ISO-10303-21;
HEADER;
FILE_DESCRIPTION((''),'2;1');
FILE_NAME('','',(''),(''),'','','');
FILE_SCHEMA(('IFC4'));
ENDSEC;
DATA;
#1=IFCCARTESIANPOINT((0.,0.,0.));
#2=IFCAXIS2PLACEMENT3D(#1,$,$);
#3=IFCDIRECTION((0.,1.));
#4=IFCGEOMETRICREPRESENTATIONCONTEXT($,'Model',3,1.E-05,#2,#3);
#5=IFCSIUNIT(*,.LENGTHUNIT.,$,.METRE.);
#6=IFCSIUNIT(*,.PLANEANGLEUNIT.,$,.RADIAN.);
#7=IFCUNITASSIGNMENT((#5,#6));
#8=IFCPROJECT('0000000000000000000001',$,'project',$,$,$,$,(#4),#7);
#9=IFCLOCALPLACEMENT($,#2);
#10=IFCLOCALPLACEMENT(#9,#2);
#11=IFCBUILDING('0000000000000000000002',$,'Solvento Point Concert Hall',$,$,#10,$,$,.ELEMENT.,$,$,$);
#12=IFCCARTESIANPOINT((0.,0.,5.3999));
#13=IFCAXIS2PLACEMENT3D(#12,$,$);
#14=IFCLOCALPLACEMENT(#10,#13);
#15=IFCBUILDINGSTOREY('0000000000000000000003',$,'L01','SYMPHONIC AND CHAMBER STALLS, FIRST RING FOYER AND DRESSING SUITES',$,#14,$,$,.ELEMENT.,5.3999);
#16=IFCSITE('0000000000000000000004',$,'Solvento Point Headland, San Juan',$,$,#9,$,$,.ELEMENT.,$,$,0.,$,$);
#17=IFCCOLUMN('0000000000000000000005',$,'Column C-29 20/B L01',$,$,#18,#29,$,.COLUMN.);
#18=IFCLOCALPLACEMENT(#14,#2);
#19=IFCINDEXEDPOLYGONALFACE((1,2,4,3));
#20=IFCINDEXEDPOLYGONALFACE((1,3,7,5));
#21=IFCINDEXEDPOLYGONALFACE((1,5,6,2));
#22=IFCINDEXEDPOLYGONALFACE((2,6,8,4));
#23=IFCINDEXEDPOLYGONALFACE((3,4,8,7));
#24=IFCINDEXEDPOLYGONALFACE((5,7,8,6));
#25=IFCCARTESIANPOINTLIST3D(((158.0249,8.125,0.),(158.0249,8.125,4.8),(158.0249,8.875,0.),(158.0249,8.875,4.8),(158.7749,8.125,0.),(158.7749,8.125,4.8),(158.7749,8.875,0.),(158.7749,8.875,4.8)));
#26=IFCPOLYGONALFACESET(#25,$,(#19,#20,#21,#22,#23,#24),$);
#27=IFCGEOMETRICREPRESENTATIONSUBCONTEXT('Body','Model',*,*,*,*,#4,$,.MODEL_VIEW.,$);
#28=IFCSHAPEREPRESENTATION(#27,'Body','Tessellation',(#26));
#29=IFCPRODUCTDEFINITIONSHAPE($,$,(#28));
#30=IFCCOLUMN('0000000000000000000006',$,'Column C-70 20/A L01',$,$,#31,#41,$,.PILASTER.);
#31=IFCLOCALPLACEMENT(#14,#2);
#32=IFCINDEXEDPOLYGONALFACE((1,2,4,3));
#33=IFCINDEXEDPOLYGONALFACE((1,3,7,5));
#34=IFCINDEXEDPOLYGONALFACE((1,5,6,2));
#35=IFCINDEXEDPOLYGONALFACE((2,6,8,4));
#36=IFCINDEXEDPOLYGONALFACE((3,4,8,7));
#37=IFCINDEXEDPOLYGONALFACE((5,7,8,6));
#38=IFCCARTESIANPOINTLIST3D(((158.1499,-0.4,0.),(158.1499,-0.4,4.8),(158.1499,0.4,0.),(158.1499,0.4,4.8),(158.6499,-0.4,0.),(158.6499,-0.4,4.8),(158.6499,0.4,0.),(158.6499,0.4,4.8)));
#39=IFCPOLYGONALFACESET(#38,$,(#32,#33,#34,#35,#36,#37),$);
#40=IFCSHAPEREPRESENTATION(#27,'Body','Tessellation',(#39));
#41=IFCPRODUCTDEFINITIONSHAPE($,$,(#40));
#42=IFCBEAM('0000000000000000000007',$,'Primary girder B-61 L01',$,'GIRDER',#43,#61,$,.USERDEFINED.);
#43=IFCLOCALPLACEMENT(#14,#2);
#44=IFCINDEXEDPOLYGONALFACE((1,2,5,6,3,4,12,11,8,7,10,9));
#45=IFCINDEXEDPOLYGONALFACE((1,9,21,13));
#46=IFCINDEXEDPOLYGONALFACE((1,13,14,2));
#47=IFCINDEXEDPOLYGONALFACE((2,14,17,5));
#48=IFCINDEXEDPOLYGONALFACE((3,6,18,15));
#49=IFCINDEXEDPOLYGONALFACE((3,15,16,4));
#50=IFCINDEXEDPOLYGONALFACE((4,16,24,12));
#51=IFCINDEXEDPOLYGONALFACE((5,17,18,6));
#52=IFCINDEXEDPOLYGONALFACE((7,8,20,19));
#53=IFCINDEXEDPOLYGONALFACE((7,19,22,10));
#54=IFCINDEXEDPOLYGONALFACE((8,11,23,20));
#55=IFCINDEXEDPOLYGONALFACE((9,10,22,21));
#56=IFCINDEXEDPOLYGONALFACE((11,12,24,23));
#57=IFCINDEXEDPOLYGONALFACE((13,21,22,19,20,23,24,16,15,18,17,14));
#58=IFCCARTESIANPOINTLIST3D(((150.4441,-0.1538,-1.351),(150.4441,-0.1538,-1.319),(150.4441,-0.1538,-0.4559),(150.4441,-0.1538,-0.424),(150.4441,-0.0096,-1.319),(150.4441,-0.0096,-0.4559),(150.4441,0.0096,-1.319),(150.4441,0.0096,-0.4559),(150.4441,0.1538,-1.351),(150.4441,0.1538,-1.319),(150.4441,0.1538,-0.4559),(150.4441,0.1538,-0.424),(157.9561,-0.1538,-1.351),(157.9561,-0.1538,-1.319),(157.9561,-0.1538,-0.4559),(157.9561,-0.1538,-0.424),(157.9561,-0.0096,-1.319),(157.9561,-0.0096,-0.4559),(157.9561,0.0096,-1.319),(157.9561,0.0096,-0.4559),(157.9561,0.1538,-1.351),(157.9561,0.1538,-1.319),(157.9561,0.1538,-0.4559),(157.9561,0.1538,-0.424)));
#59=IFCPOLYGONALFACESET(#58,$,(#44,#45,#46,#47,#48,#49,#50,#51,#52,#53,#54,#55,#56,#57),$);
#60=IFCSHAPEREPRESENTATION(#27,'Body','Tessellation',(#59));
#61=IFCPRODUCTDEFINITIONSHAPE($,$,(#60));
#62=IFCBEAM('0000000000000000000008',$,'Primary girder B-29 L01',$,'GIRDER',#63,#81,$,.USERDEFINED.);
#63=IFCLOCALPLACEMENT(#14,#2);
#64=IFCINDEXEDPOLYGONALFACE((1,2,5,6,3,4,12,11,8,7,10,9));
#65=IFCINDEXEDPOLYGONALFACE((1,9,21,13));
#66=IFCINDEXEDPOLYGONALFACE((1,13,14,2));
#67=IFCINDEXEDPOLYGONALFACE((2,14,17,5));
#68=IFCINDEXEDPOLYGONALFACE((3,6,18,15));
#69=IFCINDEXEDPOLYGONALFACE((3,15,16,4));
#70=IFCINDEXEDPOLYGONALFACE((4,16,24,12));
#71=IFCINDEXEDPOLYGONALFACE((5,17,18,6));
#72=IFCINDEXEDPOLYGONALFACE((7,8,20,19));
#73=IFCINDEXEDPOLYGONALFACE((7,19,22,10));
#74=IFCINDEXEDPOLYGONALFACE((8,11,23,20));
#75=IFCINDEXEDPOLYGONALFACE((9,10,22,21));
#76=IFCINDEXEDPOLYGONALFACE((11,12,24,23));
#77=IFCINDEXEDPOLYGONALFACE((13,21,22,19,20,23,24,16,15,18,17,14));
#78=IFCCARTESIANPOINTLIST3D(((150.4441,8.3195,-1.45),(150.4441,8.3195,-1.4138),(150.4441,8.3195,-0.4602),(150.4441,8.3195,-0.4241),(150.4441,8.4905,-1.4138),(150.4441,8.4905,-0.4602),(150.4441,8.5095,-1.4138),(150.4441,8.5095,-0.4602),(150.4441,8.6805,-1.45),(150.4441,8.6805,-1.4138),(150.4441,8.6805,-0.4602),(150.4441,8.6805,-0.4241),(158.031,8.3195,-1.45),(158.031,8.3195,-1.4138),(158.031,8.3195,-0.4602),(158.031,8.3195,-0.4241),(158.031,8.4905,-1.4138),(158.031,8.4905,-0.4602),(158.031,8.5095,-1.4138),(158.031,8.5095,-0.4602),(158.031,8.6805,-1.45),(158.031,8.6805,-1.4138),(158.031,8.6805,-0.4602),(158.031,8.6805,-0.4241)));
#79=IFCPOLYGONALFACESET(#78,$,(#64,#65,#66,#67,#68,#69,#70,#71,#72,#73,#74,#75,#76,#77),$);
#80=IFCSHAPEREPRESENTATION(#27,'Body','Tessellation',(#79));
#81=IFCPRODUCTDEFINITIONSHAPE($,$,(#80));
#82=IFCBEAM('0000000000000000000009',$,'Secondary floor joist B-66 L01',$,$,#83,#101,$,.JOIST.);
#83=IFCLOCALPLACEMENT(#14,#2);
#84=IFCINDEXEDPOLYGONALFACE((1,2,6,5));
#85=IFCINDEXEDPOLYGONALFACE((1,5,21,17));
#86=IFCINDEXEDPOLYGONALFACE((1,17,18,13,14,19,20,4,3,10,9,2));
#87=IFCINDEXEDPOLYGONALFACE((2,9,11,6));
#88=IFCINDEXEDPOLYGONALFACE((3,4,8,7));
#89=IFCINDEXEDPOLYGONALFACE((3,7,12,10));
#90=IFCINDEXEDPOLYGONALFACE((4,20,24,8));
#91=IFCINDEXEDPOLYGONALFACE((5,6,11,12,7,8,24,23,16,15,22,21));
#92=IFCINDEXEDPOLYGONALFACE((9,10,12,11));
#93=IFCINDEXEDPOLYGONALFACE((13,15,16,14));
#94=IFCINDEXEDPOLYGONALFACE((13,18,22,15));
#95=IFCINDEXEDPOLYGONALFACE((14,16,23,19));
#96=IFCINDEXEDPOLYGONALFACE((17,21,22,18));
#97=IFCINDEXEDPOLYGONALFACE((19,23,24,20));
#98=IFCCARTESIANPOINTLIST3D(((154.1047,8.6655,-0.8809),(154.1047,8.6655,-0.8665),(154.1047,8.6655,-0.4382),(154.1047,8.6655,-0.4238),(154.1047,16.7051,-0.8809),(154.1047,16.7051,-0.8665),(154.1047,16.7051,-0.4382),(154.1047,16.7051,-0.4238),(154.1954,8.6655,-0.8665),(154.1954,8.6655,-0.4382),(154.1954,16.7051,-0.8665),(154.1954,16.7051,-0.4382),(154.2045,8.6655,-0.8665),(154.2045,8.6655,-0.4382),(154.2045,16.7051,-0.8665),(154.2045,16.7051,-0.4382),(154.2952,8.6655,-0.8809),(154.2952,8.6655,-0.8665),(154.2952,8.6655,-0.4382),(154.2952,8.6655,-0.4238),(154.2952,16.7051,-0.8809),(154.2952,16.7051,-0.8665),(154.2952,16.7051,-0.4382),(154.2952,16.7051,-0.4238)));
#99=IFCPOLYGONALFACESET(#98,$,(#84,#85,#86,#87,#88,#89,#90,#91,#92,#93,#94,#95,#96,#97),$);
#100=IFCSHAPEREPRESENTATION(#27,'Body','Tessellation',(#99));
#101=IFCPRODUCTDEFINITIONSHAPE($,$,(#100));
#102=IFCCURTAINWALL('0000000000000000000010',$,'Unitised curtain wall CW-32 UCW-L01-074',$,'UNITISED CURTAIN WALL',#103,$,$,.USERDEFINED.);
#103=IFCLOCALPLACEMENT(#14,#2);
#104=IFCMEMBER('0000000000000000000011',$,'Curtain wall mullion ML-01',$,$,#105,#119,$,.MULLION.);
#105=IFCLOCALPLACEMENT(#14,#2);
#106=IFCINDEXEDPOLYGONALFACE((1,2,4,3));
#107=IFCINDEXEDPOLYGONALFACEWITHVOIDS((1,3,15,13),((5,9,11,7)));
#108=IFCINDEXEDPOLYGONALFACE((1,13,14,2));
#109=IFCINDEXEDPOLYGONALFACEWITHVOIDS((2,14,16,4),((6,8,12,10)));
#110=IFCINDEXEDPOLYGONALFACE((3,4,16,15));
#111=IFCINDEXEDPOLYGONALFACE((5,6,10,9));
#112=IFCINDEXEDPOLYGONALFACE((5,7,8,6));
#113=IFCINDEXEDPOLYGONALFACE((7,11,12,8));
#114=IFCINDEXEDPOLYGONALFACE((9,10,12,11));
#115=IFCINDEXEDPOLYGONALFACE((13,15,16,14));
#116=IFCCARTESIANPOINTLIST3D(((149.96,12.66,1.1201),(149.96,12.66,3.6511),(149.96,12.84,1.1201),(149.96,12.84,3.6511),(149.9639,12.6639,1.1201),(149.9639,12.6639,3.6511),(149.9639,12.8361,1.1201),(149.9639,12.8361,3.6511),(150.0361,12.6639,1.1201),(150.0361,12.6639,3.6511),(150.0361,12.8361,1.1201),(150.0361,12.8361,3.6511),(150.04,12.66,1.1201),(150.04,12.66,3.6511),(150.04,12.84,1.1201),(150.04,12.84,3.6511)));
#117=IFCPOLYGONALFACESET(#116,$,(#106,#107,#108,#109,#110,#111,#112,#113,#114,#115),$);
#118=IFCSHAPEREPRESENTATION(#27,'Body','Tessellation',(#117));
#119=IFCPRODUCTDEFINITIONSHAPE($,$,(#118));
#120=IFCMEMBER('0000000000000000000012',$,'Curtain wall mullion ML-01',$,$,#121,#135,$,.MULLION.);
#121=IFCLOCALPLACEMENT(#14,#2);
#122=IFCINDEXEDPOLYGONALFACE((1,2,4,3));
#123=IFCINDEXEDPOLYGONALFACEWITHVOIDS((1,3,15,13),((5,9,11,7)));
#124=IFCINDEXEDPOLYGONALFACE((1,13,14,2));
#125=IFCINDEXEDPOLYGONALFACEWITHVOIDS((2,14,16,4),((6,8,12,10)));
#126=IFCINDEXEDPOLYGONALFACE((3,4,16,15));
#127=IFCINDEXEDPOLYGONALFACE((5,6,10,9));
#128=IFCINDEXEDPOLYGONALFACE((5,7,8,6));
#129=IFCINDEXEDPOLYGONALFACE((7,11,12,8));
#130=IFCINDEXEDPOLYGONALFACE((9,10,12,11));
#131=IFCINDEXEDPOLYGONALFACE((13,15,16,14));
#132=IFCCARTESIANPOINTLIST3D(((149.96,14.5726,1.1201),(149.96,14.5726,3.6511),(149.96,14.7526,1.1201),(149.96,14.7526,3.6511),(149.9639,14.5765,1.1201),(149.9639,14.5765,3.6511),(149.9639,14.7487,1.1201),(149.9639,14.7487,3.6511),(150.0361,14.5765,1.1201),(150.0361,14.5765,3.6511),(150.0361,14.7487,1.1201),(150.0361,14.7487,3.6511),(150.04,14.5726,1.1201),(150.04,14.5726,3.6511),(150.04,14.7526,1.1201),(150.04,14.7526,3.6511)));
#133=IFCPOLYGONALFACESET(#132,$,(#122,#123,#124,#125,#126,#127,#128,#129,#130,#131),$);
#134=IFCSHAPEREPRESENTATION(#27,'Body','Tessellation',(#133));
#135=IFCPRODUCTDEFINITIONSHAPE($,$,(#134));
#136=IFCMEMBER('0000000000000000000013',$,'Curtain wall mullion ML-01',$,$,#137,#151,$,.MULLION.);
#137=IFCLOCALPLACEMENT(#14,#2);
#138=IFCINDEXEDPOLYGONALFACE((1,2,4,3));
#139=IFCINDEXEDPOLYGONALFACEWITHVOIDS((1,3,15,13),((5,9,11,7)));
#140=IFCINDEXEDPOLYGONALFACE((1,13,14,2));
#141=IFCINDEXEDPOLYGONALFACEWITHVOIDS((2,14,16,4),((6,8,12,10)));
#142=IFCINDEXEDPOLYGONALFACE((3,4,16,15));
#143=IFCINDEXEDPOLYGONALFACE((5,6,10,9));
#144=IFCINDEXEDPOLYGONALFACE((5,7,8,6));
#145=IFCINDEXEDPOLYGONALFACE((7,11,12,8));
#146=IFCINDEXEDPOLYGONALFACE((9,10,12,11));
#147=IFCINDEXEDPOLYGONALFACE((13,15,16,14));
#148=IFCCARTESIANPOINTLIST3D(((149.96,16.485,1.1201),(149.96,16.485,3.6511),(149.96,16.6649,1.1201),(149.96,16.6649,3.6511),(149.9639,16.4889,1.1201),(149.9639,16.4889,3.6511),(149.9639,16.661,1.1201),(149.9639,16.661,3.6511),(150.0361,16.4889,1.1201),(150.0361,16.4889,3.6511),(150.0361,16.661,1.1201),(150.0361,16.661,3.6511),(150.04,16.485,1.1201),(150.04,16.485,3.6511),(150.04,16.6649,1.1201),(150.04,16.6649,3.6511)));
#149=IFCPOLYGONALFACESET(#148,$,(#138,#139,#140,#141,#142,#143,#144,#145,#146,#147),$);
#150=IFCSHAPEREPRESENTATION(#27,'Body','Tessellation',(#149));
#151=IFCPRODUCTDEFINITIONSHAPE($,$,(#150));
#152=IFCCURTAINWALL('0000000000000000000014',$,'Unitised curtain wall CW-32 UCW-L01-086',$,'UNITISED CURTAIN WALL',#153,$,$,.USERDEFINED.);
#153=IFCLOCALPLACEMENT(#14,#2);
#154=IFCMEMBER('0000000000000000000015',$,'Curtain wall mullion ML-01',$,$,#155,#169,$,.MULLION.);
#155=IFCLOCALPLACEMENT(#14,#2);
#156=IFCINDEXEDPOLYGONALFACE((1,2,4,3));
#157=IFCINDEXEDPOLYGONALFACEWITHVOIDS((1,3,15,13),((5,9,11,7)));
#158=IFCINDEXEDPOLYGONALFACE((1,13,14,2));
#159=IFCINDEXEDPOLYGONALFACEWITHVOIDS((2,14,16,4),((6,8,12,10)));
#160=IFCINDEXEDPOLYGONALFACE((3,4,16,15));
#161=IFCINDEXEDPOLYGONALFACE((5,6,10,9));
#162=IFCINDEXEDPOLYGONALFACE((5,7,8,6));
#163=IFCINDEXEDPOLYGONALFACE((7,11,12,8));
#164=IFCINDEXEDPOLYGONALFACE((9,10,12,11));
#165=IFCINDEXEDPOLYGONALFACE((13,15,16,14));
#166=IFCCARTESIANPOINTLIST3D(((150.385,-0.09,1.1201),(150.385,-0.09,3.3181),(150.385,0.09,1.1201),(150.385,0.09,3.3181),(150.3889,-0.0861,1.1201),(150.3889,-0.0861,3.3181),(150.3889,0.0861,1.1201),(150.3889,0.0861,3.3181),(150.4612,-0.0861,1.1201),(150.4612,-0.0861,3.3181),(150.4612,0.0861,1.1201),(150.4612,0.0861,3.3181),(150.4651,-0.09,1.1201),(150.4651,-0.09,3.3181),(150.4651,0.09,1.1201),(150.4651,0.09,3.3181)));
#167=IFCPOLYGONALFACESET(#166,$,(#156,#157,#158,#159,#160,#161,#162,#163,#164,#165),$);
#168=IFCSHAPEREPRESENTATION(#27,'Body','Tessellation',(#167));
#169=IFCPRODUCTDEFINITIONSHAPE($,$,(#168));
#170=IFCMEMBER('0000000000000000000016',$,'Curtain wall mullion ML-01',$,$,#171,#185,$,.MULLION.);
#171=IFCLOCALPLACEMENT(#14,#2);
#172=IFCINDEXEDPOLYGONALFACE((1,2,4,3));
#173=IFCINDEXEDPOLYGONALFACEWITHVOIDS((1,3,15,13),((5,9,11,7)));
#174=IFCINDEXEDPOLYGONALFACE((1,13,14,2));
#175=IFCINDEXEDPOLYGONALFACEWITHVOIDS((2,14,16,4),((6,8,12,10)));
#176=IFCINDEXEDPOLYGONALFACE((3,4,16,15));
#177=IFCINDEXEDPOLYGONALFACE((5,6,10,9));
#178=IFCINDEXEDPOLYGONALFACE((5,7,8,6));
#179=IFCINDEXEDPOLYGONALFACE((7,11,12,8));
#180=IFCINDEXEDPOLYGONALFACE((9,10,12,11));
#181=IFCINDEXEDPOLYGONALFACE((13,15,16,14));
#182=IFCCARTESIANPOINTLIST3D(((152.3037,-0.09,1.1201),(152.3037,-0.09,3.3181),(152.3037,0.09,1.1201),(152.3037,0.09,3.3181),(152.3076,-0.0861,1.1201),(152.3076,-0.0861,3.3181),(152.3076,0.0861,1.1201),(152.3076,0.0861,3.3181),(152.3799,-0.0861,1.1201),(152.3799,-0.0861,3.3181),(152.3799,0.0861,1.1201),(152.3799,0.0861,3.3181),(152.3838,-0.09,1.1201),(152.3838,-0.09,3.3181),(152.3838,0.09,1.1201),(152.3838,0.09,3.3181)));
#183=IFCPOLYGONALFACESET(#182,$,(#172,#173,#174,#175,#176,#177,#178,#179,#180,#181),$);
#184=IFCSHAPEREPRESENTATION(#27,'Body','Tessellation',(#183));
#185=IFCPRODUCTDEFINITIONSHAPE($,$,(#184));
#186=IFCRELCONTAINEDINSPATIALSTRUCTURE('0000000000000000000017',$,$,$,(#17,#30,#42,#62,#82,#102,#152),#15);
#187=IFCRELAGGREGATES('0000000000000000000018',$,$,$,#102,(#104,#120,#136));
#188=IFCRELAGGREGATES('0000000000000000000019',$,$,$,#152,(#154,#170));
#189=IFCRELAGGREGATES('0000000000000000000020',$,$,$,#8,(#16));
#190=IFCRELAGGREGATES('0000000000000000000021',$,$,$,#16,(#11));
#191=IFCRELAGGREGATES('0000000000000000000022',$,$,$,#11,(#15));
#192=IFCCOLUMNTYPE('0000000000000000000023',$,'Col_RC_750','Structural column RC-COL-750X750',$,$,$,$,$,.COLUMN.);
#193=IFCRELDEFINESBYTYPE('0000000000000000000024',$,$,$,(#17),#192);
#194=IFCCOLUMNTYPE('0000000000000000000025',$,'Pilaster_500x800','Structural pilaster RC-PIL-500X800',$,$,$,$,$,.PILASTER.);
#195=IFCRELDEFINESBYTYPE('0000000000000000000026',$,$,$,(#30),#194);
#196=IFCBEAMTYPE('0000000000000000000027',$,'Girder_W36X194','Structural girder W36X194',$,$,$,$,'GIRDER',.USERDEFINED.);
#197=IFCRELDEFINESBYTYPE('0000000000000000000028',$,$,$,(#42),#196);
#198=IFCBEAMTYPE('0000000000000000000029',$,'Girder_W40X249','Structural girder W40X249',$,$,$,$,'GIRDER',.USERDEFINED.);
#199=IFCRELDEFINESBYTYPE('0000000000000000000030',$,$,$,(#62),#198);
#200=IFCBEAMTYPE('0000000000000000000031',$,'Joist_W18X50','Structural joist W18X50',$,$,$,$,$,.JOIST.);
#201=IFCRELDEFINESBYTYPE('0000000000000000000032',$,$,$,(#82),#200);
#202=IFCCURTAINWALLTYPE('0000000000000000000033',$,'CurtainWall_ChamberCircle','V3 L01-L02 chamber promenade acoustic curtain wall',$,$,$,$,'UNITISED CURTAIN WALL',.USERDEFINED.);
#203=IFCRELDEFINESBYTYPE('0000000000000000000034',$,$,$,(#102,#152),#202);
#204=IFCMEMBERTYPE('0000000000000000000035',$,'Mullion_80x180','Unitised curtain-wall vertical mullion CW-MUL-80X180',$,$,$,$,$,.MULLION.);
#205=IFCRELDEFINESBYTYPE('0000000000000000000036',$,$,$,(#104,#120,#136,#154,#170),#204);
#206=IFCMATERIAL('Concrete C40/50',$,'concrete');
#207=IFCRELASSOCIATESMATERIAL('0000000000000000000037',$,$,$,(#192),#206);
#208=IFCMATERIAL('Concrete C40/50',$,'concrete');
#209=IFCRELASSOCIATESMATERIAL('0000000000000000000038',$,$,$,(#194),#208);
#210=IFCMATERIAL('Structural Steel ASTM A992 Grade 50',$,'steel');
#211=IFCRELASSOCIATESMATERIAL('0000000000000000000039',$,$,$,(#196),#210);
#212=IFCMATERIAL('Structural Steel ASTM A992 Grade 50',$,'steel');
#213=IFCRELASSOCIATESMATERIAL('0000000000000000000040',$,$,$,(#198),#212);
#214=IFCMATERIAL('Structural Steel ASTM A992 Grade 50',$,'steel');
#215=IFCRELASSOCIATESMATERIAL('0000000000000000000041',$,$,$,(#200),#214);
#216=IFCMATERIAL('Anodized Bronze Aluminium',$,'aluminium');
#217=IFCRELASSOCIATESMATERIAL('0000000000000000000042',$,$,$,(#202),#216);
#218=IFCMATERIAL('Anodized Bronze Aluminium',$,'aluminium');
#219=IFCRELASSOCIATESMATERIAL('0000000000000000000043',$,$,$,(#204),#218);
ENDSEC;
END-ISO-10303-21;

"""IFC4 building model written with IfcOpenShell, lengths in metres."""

from ifc_helpers import new_model, si_unit, direction, frame, origin, origin_2d, place, context, subcontext, project, spatial, rectangle, hollow_rectangle, i_section, extrude, material, material_profile, profile_set, type_object, element, aggregate, save


model = new_model("IFC4")

# Units and contexts
model_context = context("Model", 3, precision=1e-05, world=origin(), true_north=direction((0.0, 1.0)))
body_context = subcontext(model_context, "Body", "Model", "MODEL_VIEW")
ifc_project = project(units=[si_unit("LENGTHUNIT", "METRE"), si_unit("PLANEANGLEUNIT", "RADIAN")], contexts=[model_context])

# Site, building, storey
site_placement = place(None, origin())
site = spatial("IfcSite", under=ifc_project, at=site_placement, Name="Solvento Point Headland, San Juan", CompositionType="ELEMENT", RefElevation=0.0)
building_placement = place(site_placement, origin())
building = spatial("IfcBuilding", under=site, at=building_placement, Name="Solvento Point Concert Hall", CompositionType="ELEMENT")
storey_placement = place(building_placement, frame((0.0, 0.0, 5.3999)))
storey = spatial("IfcBuildingStorey", under=building, at=storey_placement, Name="L01", Description="SYMPHONIC AND CHAMBER STALLS, FIRST RING FOYER AND DRESSING SUITES", CompositionType="ELEMENT", Elevation=5.3999)

# Columns
ifc_material_1 = material(Name="Concrete C40/50", Category="concrete")
ifc_material_profile_1 = material_profile(ifc_material_1, rectangle(XDim=0.75, YDim=0.75, at=origin_2d()), Name="RC-COL-750X750")
ifc_profile_set_1 = profile_set([ifc_material_profile_1], Name="Concrete C40/50")
column_type_1 = type_object("IfcColumnType", Name="Col_RC_750", Description="Structural column RC-COL-750X750", PredefinedType="COLUMN", material=ifc_profile_set_1)
column_1_placement = place(storey_placement, frame((158.3999, 8.5, 0.0), z_axis=(0.0, 0.0, 1.0), x_axis=(1.0, 0.0, 0.0)))
element("IfcColumn", 1, at=column_1_placement, inside=storey, type_object=column_type_1, Name="Column C-29 20/B L01", PredefinedType="COLUMN", context=body_context, shape_type="SweptSolid", body=[
    extrude(rectangle(XDim=0.75, YDim=0.75, at=origin_2d()), origin(), (0.0, 0.0, 1.0), 4.8),
])
ifc_material_2 = material(Name="Concrete C40/50", Category="concrete")
ifc_material_profile_2 = material_profile(ifc_material_2, rectangle(XDim=0.5, YDim=0.8, at=origin_2d()), Name="RC-PIL-500X800")
ifc_profile_set_2 = profile_set([ifc_material_profile_2], Name="Concrete C40/50")
column_type_2 = type_object("IfcColumnType", Name="Pilaster_500x800", Description="Structural pilaster RC-PIL-500X800", PredefinedType="PILASTER", material=ifc_profile_set_2)
column_2_placement = place(storey_placement, frame((158.3999, 0.0, 0.0), z_axis=(0.0, 0.0, 1.0), x_axis=(1.0, 0.0, 0.0)))
element("IfcColumn", 2, at=column_2_placement, inside=storey, type_object=column_type_2, Name="Column C-70 20/A L01", PredefinedType="PILASTER", context=body_context, shape_type="SweptSolid", body=[
    extrude(rectangle(XDim=0.5, YDim=0.8, at=origin_2d()), origin(), (0.0, 0.0, 1.0), 4.8),
])

# Beams
ifc_material_3 = material(Name="Structural Steel ASTM A992 Grade 50", Category="steel")
ifc_material_profile_3 = material_profile(ifc_material_3, i_section(OverallWidth=0.3076, OverallDepth=0.927, WebThickness=0.0193, FlangeThickness=0.032, at=origin_2d()), Name="W36X194")
ifc_profile_set_3 = profile_set([ifc_material_profile_3], Name="Structural Steel ASTM A992 Grade 50")
beam_type_1 = type_object("IfcBeamType", Name="Girder_W36X194", Description="Structural girder W36X194", ElementType="GIRDER", PredefinedType="USERDEFINED", material=ifc_profile_set_3)
beam_1_placement = place(storey_placement, frame((150.4441, 0.0, -0.8875), z_axis=(1.0, 0.0, 0.0), x_axis=(0.0, 1.0, 0.0)))
element("IfcBeam", 3, at=beam_1_placement, inside=storey, type_object=beam_type_1, Name="Primary girder B-61 L01", ObjectType="GIRDER", PredefinedType="USERDEFINED", context=body_context, shape_type="SweptSolid", body=[
    extrude(i_section(OverallWidth=0.3076, OverallDepth=0.927, WebThickness=0.0193, FlangeThickness=0.032, at=origin_2d()), origin(), (0.0, 0.0, 1.0), 7.512),
])
ifc_material_4 = material(Name="Structural Steel ASTM A992 Grade 50", Category="steel")
ifc_material_profile_4 = material_profile(ifc_material_4, i_section(OverallWidth=0.3611, OverallDepth=1.0259, WebThickness=0.019, FlangeThickness=0.0361, at=origin_2d()), Name="W40X249")
ifc_profile_set_4 = profile_set([ifc_material_profile_4], Name="Structural Steel ASTM A992 Grade 50")
beam_type_2 = type_object("IfcBeamType", Name="Girder_W40X249", Description="Structural girder W40X249", ElementType="GIRDER", PredefinedType="USERDEFINED", material=ifc_profile_set_4)
beam_2_placement = place(storey_placement, frame((150.4441, 8.5, -0.937), z_axis=(1.0, 0.0, 0.0), x_axis=(0.0, 1.0, 0.0)))
element("IfcBeam", 4, at=beam_2_placement, inside=storey, type_object=beam_type_2, Name="Primary girder B-29 L01", ObjectType="GIRDER", PredefinedType="USERDEFINED", context=body_context, shape_type="SweptSolid", body=[
    extrude(i_section(OverallWidth=0.3611, OverallDepth=1.0259, WebThickness=0.019, FlangeThickness=0.0361, at=origin_2d()), origin(), (0.0, 0.0, 1.0), 7.5869),
])
ifc_material_5 = material(Name="Structural Steel ASTM A992 Grade 50", Category="steel")
ifc_material_profile_5 = material_profile(ifc_material_5, i_section(OverallWidth=0.1904, OverallDepth=0.457, WebThickness=0.009, FlangeThickness=0.0144, at=origin_2d()), Name="W18X50")
ifc_profile_set_5 = profile_set([ifc_material_profile_5], Name="Structural Steel ASTM A992 Grade 50")
beam_type_3 = type_object("IfcBeamType", Name="Joist_W18X50", Description="Structural joist W18X50", PredefinedType="JOIST", material=ifc_profile_set_5)
beam_3_placement = place(storey_placement, frame((154.2, 8.6655, -0.6523), z_axis=(0.0, 1.0, 0.0), x_axis=(-1.0, 0.0, 0.0)))
element("IfcBeam", 5, at=beam_3_placement, inside=storey, type_object=beam_type_3, Name="Secondary floor joist B-66 L01", PredefinedType="JOIST", context=body_context, shape_type="SweptSolid", body=[
    extrude(i_section(OverallWidth=0.1904, OverallDepth=0.457, WebThickness=0.009, FlangeThickness=0.0144, at=origin_2d()), origin(), (0.0, 0.0, 1.0), 8.0396),
])

# Curtain walls, members
ifc_material_6 = material(Name="Anodized Bronze Aluminium", Category="aluminium")
curtain_wall_type = type_object("IfcCurtainWallType", Name="CurtainWall_ChamberCircle", Description="V3 L01-L02 chamber promenade acoustic curtain wall", ElementType="UNITISED CURTAIN WALL", PredefinedType="USERDEFINED", material=ifc_material_6)
curtain_wall_1_placement = place(storey_placement, origin())
curtain_wall_1 = element("IfcCurtainWall", 6, at=curtain_wall_1_placement, inside=storey, type_object=curtain_wall_type, Name="Unitised curtain wall CW-32 UCW-L01-074", ObjectType="UNITISED CURTAIN WALL", PredefinedType="USERDEFINED")
ifc_material_7 = material(Name="Anodized Bronze Aluminium", Category="aluminium")
ifc_material_profile_6 = material_profile(ifc_material_7, hollow_rectangle(XDim=0.0801, YDim=0.1799, WallThickness=0.0039, at=origin_2d()), Name="CW-MUL-80X180")
ifc_profile_set_6 = profile_set([ifc_material_profile_6], Name="Anodized Bronze Aluminium")
member_type_1 = type_object("IfcMemberType", Name="Mullion_80x180", Description="Unitised curtain-wall vertical mullion CW-MUL-80X180", PredefinedType="MULLION", material=ifc_profile_set_6)
member_1_placement = place(storey_placement, frame((150.0, 12.75, 1.1201), z_axis=(0.0, 0.0, 1.0), x_axis=(1.0, 0.0, 0.0)))
member_1 = element("IfcMember", 7, at=member_1_placement, type_object=member_type_1, Name="Curtain wall mullion ML-01", PredefinedType="MULLION", context=body_context, shape_type="SweptSolid", body=[
    extrude(hollow_rectangle(XDim=0.0801, YDim=0.1799, WallThickness=0.0039, at=origin_2d()), origin(), (0.0, 0.0, 1.0), 2.531),
])
member_2_placement = place(storey_placement, frame((150.0, 14.6626, 1.1201), z_axis=(0.0, 0.0, 1.0), x_axis=(1.0, 0.0, 0.0)))
member_2 = element("IfcMember", 8, at=member_2_placement, type_object=member_type_1, Name="Curtain wall mullion ML-01", PredefinedType="MULLION", context=body_context, shape_type="SweptSolid", body=[
    extrude(hollow_rectangle(XDim=0.0801, YDim=0.1799, WallThickness=0.0039, at=origin_2d()), origin(), (0.0, 0.0, 1.0), 2.531),
])
member_3_placement = place(storey_placement, frame((150.0, 16.575, 1.1201), z_axis=(0.0, 0.0, 1.0), x_axis=(1.0, 0.0, 0.0)))
member_3 = element("IfcMember", 9, at=member_3_placement, type_object=member_type_1, Name="Curtain wall mullion ML-01", PredefinedType="MULLION", context=body_context, shape_type="SweptSolid", body=[
    extrude(hollow_rectangle(XDim=0.0801, YDim=0.1799, WallThickness=0.0039, at=origin_2d()), origin(), (0.0, 0.0, 1.0), 2.531),
])
curtain_wall_2_placement = place(storey_placement, origin())
curtain_wall_2 = element("IfcCurtainWall", 10, at=curtain_wall_2_placement, inside=storey, type_object=curtain_wall_type, Name="Unitised curtain wall CW-32 UCW-L01-086", ObjectType="UNITISED CURTAIN WALL", PredefinedType="USERDEFINED")
member_4_placement = place(storey_placement, frame((150.425, 0.0, 1.1201), z_axis=(0.0, 0.0, 1.0), x_axis=(1.0, 0.0, 0.0)))
member_4 = element("IfcMember", 11, at=member_4_placement, type_object=member_type_1, Name="Curtain wall mullion ML-01", PredefinedType="MULLION", context=body_context, shape_type="SweptSolid", body=[
    extrude(hollow_rectangle(XDim=0.0801, YDim=0.1799, WallThickness=0.0039, at=origin_2d()), origin(), (0.0, 0.0, 1.0), 2.198),
])
member_5_placement = place(storey_placement, frame((152.3438, 0.0, 1.1201), z_axis=(0.0, 0.0, 1.0), x_axis=(1.0, 0.0, 0.0)))
member_5 = element("IfcMember", 12, at=member_5_placement, type_object=member_type_1, Name="Curtain wall mullion ML-01", PredefinedType="MULLION", context=body_context, shape_type="SweptSolid", body=[
    extrude(hollow_rectangle(XDim=0.0801, YDim=0.1799, WallThickness=0.0039, at=origin_2d()), origin(), (0.0, 0.0, 1.0), 2.198),
])

aggregate(curtain_wall_1, [member_1, member_2, member_3])
aggregate(curtain_wall_2, [member_4, member_5])

save(model, "model.ifc")
